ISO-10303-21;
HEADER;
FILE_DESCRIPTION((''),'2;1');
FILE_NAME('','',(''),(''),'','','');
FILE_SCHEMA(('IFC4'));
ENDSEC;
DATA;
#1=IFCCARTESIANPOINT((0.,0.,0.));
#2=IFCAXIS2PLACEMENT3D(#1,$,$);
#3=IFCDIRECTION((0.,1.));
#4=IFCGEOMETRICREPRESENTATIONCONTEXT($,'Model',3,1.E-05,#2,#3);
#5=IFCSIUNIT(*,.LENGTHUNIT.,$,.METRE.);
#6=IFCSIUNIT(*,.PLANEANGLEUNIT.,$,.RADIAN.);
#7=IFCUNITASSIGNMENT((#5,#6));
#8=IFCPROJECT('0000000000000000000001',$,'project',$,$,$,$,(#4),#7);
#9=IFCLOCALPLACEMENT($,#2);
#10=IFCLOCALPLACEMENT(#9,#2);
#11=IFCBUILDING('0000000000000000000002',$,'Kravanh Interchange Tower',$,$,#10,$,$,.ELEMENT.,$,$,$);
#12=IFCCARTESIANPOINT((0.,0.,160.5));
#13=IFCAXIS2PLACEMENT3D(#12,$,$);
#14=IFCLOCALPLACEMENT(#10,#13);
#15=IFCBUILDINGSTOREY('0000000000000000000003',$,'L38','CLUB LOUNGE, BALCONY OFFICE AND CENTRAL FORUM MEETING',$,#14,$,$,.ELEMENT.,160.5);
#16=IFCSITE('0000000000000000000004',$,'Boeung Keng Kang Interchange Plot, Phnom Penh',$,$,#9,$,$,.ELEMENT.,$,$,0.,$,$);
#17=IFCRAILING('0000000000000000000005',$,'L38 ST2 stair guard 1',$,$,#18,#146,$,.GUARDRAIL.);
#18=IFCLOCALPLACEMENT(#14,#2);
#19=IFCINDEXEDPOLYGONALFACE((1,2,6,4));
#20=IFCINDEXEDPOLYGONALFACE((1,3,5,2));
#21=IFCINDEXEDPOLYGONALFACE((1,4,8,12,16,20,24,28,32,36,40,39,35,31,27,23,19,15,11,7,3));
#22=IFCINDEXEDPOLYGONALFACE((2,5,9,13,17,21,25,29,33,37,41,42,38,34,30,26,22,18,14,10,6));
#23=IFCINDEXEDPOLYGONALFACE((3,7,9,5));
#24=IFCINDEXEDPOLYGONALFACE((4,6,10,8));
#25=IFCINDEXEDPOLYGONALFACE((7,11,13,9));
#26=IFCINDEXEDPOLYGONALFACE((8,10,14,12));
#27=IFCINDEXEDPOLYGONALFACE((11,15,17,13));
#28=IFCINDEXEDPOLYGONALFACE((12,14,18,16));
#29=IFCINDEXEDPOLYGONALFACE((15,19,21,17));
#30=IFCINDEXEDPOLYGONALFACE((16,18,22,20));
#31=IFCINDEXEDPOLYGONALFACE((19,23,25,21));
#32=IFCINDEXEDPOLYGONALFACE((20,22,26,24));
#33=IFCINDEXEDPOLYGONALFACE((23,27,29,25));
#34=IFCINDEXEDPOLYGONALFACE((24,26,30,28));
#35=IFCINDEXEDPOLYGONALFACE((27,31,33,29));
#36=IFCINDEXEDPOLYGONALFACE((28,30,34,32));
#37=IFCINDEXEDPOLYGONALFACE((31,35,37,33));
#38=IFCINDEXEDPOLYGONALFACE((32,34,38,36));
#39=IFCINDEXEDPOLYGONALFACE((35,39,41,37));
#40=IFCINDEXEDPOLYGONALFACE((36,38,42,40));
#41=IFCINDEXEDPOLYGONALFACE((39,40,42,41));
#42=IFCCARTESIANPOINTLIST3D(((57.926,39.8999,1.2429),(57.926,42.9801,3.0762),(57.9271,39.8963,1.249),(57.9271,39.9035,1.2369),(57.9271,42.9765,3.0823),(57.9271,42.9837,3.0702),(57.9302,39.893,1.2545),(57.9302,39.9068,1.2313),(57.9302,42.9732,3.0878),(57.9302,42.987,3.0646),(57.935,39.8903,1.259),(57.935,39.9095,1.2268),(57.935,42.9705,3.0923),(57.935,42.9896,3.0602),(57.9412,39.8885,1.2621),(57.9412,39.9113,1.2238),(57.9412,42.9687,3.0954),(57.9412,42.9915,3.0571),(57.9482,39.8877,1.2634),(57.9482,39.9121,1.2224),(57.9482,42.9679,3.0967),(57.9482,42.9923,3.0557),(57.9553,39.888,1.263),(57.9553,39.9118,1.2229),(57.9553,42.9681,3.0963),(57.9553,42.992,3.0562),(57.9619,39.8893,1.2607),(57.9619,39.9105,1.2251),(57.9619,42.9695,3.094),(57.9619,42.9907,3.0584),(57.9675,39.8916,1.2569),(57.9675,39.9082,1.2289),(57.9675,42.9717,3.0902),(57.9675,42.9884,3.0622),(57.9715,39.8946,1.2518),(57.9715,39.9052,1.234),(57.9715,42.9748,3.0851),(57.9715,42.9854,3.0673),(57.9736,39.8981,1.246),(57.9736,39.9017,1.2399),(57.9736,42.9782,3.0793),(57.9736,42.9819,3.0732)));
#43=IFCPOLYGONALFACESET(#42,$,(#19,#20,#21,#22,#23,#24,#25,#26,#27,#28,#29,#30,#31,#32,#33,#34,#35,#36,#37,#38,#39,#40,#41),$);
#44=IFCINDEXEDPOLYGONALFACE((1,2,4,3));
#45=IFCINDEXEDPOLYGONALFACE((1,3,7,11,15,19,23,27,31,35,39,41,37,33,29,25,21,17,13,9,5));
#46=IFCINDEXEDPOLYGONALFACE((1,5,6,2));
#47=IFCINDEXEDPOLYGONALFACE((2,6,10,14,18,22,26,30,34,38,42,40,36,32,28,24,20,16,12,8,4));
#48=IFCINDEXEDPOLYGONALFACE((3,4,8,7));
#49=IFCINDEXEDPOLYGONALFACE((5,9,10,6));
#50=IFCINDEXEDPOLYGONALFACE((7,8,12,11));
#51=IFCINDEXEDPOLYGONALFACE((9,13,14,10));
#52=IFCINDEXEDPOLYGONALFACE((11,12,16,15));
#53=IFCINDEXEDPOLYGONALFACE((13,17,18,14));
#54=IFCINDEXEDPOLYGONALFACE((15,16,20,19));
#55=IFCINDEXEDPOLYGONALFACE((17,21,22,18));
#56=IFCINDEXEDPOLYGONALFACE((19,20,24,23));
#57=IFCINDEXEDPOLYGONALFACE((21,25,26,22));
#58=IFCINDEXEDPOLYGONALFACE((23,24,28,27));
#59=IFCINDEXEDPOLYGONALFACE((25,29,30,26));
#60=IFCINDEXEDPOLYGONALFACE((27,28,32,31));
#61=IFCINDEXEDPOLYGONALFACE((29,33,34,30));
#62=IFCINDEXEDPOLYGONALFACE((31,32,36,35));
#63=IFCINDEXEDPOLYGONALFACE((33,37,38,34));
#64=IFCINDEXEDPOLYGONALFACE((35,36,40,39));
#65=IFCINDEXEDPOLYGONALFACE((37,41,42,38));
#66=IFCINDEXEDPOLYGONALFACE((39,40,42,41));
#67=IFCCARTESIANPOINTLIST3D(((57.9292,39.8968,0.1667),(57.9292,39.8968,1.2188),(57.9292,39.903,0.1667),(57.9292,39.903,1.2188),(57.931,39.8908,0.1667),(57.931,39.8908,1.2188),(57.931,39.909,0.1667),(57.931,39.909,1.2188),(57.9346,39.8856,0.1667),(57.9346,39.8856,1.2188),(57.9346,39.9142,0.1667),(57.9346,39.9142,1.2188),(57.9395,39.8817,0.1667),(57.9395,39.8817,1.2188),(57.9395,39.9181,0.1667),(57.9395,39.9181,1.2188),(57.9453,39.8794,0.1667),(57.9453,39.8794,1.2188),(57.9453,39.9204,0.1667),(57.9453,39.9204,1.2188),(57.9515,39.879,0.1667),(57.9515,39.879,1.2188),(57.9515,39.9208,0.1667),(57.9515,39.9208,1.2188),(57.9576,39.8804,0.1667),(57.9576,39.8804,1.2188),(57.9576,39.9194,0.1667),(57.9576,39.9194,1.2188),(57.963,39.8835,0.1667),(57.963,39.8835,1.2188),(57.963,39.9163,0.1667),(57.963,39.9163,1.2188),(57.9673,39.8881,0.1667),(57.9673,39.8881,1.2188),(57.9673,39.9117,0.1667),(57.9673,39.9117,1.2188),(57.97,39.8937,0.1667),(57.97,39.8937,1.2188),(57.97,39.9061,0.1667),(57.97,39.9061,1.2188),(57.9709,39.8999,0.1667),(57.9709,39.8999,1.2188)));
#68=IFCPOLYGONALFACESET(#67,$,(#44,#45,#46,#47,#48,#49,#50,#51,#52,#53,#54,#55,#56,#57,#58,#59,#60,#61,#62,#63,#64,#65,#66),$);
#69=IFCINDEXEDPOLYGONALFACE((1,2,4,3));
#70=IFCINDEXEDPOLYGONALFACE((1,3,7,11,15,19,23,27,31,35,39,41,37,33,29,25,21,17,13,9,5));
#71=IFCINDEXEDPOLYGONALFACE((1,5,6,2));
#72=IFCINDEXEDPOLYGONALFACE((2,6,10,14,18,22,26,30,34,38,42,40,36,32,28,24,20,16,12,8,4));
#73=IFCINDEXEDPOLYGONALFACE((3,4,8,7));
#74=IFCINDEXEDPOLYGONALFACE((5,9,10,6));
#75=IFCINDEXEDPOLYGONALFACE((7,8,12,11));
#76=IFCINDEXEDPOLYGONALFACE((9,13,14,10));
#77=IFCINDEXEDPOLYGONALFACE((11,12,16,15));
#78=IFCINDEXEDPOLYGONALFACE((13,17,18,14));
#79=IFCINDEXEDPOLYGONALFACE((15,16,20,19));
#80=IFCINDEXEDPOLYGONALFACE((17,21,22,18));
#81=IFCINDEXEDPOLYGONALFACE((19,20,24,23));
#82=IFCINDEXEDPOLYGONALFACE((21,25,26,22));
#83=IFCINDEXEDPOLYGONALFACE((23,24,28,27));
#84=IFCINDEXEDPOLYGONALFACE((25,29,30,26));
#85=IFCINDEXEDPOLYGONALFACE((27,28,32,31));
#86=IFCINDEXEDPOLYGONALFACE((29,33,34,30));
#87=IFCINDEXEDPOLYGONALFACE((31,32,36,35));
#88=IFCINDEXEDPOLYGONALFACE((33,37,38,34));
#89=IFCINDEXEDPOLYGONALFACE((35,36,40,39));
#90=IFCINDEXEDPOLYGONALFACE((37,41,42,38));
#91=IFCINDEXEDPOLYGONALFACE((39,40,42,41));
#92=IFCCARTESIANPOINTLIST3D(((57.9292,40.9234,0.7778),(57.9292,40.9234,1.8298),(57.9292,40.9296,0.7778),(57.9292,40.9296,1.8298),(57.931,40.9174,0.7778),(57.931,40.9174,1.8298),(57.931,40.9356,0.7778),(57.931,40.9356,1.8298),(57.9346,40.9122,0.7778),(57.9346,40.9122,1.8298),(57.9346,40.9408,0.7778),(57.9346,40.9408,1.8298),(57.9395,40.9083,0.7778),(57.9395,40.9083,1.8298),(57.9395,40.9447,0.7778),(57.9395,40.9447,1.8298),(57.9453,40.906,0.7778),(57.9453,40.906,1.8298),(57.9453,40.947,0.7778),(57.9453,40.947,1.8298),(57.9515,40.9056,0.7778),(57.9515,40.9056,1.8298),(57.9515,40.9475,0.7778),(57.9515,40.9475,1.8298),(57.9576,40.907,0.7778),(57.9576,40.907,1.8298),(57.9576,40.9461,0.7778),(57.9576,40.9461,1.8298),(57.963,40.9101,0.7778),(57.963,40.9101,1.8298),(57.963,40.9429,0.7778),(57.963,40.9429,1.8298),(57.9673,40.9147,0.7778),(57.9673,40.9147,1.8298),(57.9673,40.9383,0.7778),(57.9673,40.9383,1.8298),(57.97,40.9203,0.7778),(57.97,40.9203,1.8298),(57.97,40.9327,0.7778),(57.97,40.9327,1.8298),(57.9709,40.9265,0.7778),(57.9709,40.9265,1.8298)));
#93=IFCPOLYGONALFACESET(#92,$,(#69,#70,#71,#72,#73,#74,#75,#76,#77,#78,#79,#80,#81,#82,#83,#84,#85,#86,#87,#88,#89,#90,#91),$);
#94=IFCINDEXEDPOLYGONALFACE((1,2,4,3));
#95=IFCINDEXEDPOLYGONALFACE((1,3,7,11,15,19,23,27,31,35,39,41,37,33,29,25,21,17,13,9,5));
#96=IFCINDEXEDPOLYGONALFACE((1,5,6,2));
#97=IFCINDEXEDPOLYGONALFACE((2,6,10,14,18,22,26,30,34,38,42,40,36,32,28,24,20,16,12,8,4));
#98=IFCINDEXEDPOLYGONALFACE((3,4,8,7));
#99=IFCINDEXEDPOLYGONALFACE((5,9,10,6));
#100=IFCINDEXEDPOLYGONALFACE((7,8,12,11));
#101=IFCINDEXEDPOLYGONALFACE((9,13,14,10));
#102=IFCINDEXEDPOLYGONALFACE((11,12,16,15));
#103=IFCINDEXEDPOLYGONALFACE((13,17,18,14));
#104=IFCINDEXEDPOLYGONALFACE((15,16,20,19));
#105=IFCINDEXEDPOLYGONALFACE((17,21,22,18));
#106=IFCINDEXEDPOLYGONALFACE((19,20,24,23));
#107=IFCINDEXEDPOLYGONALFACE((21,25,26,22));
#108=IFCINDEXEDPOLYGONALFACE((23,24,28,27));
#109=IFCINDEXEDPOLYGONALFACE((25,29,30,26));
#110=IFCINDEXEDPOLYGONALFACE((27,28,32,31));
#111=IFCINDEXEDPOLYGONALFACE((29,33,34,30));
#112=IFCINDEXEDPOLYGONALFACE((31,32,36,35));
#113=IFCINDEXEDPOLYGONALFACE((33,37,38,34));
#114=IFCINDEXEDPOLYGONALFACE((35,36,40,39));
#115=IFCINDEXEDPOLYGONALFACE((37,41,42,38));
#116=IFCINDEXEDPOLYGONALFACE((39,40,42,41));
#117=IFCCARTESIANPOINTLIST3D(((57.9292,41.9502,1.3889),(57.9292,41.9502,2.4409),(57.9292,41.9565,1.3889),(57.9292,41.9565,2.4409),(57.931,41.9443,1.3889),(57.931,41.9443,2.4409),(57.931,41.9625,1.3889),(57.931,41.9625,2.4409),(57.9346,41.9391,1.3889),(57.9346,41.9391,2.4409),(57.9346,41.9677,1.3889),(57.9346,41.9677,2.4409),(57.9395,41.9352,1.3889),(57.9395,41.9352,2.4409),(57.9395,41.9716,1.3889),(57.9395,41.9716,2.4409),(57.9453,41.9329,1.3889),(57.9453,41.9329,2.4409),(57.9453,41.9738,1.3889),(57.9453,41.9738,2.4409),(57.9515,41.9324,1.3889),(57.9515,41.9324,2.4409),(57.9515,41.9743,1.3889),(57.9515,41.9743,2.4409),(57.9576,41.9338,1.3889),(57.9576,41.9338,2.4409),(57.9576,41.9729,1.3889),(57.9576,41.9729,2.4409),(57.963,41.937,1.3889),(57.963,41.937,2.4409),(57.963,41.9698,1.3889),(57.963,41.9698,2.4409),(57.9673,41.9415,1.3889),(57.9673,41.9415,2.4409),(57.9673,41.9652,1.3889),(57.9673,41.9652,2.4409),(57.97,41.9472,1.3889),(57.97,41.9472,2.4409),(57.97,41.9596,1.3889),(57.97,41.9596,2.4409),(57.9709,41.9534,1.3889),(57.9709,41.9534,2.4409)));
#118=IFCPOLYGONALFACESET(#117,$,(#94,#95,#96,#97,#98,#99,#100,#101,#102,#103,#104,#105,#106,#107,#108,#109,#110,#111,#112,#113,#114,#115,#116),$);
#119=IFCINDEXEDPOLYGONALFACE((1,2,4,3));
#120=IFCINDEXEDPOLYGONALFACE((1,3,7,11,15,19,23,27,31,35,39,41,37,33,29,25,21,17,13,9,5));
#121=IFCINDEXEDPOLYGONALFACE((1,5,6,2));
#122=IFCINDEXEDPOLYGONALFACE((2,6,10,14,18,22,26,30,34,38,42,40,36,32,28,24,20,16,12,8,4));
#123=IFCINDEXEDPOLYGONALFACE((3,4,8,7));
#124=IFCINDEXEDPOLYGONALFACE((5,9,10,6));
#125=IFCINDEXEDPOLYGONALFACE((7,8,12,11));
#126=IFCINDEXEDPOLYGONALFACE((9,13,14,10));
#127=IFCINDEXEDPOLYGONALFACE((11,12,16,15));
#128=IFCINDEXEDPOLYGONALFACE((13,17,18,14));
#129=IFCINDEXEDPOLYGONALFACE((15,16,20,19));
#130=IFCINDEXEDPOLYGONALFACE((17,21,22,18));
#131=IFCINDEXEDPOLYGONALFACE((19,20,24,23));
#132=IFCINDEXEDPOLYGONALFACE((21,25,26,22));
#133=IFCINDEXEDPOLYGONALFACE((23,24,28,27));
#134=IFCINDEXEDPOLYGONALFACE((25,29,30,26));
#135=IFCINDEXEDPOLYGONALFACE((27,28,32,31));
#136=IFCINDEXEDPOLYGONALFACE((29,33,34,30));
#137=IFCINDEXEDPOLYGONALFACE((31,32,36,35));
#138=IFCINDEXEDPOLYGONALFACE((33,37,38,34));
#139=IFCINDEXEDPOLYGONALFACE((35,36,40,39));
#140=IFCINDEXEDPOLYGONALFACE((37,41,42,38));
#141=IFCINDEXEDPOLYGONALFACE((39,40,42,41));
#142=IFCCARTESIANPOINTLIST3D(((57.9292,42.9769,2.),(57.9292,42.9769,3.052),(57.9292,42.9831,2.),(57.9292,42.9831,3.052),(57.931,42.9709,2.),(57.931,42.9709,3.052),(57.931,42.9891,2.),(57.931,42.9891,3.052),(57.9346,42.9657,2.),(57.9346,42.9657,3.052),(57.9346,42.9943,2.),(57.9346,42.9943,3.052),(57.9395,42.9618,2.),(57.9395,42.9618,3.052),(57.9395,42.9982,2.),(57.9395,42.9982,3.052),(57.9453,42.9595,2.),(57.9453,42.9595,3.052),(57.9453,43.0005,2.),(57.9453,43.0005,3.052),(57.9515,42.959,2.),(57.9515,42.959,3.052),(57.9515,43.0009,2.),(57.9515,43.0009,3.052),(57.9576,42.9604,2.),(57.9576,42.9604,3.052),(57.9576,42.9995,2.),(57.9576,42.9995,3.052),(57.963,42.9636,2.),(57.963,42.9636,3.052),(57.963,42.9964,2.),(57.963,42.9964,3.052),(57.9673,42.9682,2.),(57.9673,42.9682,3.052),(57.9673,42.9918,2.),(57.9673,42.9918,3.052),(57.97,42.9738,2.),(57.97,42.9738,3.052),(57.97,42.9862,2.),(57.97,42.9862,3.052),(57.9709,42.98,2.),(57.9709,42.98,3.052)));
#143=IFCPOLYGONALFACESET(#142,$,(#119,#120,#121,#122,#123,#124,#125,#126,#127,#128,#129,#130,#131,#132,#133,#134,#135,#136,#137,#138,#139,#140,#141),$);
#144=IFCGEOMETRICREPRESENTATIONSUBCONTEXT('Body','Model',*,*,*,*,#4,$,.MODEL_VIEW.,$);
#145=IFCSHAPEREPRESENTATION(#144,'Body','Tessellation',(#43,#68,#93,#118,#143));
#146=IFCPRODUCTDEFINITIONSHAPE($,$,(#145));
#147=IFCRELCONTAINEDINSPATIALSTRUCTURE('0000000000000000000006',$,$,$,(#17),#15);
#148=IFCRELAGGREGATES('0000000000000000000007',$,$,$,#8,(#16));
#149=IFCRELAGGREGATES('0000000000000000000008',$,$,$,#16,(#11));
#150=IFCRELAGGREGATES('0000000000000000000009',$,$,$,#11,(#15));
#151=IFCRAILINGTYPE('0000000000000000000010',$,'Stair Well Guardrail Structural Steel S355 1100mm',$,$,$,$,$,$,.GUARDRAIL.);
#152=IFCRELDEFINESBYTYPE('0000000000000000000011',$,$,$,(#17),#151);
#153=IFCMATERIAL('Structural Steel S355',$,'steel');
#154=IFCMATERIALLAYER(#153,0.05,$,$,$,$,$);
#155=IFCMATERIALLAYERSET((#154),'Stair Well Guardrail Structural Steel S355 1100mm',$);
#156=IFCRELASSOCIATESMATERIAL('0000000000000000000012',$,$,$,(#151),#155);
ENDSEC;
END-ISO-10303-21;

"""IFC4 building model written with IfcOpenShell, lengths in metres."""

from ifc_helpers import new_model, si_unit, direction, frame, origin, origin_2d, place, context, subcontext, project, spatial, circle, extrude, material, layer, layer_set, type_object, element, save


model = new_model("IFC4")

# Units and contexts
model_context = context("Model", 3, precision=1e-05, world=origin(), true_north=direction((0.0, 1.0)))
body_context = subcontext(model_context, "Body", "Model", "MODEL_VIEW")
ifc_project = project(units=[si_unit("LENGTHUNIT", "METRE"), si_unit("PLANEANGLEUNIT", "RADIAN")], contexts=[model_context])

# Site, building, storey
site_placement = place(None, origin())
site = spatial("IfcSite", under=ifc_project, at=site_placement, Name="Boeung Keng Kang Interchange Plot, Phnom Penh", CompositionType="ELEMENT", RefElevation=0.0)
building_placement = place(site_placement, origin())
building = spatial("IfcBuilding", under=site, at=building_placement, Name="Kravanh Interchange Tower", CompositionType="ELEMENT")
storey_placement = place(building_placement, frame((0.0, 0.0, 160.5)))
storey = spatial("IfcBuildingStorey", under=building, at=storey_placement, Name="L38", Description="CLUB LOUNGE, BALCONY OFFICE AND CENTRAL FORUM MEETING", CompositionType="ELEMENT", Elevation=160.5)

# Railing
ifc_material_1 = material(Name="Structural Steel S355", Category="steel")
ifc_layer_1 = layer(ifc_material_1, 0.05)
ifc_layer_set_1 = layer_set([ifc_layer_1], Name="Stair Well Guardrail Structural Steel S355 1100mm")
railing_type_1 = type_object("IfcRailingType", Name="Stair Well Guardrail Structural Steel S355 1100mm", PredefinedType="GUARDRAIL", material=ifc_layer_set_1)
railing_1_placement = place(storey_placement, frame((57.95, 39.8999, 0.1667)))
element("IfcRailing", 1, at=railing_1_placement, inside=storey, type_object=railing_type_1, Name="L38 ST2 stair guard 1", PredefinedType="GUARDRAIL", context=body_context, shape_type="SweptSolid", body=[
    extrude(circle(Radius=0.0239, at=origin_2d()), frame((0.0, 0.0, 1.0762), z_axis=(0.0, 0.859309, 0.511458), x_axis=(-1.0, 0.0, 0.0)), (0.0, 0.0, 1.0), 3.5845),
    extrude(circle(Radius=0.021, at=origin_2d()), origin(), (0.0, 0.0, 1.0), 1.052),
    extrude(circle(Radius=0.021, at=origin_2d()), frame((0.0, 1.0266, 0.6111)), (0.0, 0.0, 1.0), 1.052),
    extrude(circle(Radius=0.021, at=origin_2d()), frame((0.0, 2.0535, 1.2222)), (0.0, 0.0, 1.0), 1.052),
    extrude(circle(Radius=0.021, at=origin_2d()), frame((0.0, 3.0801, 1.8333)), (0.0, 0.0, 1.0), 1.052),
])

save(model, "model.ifc")
